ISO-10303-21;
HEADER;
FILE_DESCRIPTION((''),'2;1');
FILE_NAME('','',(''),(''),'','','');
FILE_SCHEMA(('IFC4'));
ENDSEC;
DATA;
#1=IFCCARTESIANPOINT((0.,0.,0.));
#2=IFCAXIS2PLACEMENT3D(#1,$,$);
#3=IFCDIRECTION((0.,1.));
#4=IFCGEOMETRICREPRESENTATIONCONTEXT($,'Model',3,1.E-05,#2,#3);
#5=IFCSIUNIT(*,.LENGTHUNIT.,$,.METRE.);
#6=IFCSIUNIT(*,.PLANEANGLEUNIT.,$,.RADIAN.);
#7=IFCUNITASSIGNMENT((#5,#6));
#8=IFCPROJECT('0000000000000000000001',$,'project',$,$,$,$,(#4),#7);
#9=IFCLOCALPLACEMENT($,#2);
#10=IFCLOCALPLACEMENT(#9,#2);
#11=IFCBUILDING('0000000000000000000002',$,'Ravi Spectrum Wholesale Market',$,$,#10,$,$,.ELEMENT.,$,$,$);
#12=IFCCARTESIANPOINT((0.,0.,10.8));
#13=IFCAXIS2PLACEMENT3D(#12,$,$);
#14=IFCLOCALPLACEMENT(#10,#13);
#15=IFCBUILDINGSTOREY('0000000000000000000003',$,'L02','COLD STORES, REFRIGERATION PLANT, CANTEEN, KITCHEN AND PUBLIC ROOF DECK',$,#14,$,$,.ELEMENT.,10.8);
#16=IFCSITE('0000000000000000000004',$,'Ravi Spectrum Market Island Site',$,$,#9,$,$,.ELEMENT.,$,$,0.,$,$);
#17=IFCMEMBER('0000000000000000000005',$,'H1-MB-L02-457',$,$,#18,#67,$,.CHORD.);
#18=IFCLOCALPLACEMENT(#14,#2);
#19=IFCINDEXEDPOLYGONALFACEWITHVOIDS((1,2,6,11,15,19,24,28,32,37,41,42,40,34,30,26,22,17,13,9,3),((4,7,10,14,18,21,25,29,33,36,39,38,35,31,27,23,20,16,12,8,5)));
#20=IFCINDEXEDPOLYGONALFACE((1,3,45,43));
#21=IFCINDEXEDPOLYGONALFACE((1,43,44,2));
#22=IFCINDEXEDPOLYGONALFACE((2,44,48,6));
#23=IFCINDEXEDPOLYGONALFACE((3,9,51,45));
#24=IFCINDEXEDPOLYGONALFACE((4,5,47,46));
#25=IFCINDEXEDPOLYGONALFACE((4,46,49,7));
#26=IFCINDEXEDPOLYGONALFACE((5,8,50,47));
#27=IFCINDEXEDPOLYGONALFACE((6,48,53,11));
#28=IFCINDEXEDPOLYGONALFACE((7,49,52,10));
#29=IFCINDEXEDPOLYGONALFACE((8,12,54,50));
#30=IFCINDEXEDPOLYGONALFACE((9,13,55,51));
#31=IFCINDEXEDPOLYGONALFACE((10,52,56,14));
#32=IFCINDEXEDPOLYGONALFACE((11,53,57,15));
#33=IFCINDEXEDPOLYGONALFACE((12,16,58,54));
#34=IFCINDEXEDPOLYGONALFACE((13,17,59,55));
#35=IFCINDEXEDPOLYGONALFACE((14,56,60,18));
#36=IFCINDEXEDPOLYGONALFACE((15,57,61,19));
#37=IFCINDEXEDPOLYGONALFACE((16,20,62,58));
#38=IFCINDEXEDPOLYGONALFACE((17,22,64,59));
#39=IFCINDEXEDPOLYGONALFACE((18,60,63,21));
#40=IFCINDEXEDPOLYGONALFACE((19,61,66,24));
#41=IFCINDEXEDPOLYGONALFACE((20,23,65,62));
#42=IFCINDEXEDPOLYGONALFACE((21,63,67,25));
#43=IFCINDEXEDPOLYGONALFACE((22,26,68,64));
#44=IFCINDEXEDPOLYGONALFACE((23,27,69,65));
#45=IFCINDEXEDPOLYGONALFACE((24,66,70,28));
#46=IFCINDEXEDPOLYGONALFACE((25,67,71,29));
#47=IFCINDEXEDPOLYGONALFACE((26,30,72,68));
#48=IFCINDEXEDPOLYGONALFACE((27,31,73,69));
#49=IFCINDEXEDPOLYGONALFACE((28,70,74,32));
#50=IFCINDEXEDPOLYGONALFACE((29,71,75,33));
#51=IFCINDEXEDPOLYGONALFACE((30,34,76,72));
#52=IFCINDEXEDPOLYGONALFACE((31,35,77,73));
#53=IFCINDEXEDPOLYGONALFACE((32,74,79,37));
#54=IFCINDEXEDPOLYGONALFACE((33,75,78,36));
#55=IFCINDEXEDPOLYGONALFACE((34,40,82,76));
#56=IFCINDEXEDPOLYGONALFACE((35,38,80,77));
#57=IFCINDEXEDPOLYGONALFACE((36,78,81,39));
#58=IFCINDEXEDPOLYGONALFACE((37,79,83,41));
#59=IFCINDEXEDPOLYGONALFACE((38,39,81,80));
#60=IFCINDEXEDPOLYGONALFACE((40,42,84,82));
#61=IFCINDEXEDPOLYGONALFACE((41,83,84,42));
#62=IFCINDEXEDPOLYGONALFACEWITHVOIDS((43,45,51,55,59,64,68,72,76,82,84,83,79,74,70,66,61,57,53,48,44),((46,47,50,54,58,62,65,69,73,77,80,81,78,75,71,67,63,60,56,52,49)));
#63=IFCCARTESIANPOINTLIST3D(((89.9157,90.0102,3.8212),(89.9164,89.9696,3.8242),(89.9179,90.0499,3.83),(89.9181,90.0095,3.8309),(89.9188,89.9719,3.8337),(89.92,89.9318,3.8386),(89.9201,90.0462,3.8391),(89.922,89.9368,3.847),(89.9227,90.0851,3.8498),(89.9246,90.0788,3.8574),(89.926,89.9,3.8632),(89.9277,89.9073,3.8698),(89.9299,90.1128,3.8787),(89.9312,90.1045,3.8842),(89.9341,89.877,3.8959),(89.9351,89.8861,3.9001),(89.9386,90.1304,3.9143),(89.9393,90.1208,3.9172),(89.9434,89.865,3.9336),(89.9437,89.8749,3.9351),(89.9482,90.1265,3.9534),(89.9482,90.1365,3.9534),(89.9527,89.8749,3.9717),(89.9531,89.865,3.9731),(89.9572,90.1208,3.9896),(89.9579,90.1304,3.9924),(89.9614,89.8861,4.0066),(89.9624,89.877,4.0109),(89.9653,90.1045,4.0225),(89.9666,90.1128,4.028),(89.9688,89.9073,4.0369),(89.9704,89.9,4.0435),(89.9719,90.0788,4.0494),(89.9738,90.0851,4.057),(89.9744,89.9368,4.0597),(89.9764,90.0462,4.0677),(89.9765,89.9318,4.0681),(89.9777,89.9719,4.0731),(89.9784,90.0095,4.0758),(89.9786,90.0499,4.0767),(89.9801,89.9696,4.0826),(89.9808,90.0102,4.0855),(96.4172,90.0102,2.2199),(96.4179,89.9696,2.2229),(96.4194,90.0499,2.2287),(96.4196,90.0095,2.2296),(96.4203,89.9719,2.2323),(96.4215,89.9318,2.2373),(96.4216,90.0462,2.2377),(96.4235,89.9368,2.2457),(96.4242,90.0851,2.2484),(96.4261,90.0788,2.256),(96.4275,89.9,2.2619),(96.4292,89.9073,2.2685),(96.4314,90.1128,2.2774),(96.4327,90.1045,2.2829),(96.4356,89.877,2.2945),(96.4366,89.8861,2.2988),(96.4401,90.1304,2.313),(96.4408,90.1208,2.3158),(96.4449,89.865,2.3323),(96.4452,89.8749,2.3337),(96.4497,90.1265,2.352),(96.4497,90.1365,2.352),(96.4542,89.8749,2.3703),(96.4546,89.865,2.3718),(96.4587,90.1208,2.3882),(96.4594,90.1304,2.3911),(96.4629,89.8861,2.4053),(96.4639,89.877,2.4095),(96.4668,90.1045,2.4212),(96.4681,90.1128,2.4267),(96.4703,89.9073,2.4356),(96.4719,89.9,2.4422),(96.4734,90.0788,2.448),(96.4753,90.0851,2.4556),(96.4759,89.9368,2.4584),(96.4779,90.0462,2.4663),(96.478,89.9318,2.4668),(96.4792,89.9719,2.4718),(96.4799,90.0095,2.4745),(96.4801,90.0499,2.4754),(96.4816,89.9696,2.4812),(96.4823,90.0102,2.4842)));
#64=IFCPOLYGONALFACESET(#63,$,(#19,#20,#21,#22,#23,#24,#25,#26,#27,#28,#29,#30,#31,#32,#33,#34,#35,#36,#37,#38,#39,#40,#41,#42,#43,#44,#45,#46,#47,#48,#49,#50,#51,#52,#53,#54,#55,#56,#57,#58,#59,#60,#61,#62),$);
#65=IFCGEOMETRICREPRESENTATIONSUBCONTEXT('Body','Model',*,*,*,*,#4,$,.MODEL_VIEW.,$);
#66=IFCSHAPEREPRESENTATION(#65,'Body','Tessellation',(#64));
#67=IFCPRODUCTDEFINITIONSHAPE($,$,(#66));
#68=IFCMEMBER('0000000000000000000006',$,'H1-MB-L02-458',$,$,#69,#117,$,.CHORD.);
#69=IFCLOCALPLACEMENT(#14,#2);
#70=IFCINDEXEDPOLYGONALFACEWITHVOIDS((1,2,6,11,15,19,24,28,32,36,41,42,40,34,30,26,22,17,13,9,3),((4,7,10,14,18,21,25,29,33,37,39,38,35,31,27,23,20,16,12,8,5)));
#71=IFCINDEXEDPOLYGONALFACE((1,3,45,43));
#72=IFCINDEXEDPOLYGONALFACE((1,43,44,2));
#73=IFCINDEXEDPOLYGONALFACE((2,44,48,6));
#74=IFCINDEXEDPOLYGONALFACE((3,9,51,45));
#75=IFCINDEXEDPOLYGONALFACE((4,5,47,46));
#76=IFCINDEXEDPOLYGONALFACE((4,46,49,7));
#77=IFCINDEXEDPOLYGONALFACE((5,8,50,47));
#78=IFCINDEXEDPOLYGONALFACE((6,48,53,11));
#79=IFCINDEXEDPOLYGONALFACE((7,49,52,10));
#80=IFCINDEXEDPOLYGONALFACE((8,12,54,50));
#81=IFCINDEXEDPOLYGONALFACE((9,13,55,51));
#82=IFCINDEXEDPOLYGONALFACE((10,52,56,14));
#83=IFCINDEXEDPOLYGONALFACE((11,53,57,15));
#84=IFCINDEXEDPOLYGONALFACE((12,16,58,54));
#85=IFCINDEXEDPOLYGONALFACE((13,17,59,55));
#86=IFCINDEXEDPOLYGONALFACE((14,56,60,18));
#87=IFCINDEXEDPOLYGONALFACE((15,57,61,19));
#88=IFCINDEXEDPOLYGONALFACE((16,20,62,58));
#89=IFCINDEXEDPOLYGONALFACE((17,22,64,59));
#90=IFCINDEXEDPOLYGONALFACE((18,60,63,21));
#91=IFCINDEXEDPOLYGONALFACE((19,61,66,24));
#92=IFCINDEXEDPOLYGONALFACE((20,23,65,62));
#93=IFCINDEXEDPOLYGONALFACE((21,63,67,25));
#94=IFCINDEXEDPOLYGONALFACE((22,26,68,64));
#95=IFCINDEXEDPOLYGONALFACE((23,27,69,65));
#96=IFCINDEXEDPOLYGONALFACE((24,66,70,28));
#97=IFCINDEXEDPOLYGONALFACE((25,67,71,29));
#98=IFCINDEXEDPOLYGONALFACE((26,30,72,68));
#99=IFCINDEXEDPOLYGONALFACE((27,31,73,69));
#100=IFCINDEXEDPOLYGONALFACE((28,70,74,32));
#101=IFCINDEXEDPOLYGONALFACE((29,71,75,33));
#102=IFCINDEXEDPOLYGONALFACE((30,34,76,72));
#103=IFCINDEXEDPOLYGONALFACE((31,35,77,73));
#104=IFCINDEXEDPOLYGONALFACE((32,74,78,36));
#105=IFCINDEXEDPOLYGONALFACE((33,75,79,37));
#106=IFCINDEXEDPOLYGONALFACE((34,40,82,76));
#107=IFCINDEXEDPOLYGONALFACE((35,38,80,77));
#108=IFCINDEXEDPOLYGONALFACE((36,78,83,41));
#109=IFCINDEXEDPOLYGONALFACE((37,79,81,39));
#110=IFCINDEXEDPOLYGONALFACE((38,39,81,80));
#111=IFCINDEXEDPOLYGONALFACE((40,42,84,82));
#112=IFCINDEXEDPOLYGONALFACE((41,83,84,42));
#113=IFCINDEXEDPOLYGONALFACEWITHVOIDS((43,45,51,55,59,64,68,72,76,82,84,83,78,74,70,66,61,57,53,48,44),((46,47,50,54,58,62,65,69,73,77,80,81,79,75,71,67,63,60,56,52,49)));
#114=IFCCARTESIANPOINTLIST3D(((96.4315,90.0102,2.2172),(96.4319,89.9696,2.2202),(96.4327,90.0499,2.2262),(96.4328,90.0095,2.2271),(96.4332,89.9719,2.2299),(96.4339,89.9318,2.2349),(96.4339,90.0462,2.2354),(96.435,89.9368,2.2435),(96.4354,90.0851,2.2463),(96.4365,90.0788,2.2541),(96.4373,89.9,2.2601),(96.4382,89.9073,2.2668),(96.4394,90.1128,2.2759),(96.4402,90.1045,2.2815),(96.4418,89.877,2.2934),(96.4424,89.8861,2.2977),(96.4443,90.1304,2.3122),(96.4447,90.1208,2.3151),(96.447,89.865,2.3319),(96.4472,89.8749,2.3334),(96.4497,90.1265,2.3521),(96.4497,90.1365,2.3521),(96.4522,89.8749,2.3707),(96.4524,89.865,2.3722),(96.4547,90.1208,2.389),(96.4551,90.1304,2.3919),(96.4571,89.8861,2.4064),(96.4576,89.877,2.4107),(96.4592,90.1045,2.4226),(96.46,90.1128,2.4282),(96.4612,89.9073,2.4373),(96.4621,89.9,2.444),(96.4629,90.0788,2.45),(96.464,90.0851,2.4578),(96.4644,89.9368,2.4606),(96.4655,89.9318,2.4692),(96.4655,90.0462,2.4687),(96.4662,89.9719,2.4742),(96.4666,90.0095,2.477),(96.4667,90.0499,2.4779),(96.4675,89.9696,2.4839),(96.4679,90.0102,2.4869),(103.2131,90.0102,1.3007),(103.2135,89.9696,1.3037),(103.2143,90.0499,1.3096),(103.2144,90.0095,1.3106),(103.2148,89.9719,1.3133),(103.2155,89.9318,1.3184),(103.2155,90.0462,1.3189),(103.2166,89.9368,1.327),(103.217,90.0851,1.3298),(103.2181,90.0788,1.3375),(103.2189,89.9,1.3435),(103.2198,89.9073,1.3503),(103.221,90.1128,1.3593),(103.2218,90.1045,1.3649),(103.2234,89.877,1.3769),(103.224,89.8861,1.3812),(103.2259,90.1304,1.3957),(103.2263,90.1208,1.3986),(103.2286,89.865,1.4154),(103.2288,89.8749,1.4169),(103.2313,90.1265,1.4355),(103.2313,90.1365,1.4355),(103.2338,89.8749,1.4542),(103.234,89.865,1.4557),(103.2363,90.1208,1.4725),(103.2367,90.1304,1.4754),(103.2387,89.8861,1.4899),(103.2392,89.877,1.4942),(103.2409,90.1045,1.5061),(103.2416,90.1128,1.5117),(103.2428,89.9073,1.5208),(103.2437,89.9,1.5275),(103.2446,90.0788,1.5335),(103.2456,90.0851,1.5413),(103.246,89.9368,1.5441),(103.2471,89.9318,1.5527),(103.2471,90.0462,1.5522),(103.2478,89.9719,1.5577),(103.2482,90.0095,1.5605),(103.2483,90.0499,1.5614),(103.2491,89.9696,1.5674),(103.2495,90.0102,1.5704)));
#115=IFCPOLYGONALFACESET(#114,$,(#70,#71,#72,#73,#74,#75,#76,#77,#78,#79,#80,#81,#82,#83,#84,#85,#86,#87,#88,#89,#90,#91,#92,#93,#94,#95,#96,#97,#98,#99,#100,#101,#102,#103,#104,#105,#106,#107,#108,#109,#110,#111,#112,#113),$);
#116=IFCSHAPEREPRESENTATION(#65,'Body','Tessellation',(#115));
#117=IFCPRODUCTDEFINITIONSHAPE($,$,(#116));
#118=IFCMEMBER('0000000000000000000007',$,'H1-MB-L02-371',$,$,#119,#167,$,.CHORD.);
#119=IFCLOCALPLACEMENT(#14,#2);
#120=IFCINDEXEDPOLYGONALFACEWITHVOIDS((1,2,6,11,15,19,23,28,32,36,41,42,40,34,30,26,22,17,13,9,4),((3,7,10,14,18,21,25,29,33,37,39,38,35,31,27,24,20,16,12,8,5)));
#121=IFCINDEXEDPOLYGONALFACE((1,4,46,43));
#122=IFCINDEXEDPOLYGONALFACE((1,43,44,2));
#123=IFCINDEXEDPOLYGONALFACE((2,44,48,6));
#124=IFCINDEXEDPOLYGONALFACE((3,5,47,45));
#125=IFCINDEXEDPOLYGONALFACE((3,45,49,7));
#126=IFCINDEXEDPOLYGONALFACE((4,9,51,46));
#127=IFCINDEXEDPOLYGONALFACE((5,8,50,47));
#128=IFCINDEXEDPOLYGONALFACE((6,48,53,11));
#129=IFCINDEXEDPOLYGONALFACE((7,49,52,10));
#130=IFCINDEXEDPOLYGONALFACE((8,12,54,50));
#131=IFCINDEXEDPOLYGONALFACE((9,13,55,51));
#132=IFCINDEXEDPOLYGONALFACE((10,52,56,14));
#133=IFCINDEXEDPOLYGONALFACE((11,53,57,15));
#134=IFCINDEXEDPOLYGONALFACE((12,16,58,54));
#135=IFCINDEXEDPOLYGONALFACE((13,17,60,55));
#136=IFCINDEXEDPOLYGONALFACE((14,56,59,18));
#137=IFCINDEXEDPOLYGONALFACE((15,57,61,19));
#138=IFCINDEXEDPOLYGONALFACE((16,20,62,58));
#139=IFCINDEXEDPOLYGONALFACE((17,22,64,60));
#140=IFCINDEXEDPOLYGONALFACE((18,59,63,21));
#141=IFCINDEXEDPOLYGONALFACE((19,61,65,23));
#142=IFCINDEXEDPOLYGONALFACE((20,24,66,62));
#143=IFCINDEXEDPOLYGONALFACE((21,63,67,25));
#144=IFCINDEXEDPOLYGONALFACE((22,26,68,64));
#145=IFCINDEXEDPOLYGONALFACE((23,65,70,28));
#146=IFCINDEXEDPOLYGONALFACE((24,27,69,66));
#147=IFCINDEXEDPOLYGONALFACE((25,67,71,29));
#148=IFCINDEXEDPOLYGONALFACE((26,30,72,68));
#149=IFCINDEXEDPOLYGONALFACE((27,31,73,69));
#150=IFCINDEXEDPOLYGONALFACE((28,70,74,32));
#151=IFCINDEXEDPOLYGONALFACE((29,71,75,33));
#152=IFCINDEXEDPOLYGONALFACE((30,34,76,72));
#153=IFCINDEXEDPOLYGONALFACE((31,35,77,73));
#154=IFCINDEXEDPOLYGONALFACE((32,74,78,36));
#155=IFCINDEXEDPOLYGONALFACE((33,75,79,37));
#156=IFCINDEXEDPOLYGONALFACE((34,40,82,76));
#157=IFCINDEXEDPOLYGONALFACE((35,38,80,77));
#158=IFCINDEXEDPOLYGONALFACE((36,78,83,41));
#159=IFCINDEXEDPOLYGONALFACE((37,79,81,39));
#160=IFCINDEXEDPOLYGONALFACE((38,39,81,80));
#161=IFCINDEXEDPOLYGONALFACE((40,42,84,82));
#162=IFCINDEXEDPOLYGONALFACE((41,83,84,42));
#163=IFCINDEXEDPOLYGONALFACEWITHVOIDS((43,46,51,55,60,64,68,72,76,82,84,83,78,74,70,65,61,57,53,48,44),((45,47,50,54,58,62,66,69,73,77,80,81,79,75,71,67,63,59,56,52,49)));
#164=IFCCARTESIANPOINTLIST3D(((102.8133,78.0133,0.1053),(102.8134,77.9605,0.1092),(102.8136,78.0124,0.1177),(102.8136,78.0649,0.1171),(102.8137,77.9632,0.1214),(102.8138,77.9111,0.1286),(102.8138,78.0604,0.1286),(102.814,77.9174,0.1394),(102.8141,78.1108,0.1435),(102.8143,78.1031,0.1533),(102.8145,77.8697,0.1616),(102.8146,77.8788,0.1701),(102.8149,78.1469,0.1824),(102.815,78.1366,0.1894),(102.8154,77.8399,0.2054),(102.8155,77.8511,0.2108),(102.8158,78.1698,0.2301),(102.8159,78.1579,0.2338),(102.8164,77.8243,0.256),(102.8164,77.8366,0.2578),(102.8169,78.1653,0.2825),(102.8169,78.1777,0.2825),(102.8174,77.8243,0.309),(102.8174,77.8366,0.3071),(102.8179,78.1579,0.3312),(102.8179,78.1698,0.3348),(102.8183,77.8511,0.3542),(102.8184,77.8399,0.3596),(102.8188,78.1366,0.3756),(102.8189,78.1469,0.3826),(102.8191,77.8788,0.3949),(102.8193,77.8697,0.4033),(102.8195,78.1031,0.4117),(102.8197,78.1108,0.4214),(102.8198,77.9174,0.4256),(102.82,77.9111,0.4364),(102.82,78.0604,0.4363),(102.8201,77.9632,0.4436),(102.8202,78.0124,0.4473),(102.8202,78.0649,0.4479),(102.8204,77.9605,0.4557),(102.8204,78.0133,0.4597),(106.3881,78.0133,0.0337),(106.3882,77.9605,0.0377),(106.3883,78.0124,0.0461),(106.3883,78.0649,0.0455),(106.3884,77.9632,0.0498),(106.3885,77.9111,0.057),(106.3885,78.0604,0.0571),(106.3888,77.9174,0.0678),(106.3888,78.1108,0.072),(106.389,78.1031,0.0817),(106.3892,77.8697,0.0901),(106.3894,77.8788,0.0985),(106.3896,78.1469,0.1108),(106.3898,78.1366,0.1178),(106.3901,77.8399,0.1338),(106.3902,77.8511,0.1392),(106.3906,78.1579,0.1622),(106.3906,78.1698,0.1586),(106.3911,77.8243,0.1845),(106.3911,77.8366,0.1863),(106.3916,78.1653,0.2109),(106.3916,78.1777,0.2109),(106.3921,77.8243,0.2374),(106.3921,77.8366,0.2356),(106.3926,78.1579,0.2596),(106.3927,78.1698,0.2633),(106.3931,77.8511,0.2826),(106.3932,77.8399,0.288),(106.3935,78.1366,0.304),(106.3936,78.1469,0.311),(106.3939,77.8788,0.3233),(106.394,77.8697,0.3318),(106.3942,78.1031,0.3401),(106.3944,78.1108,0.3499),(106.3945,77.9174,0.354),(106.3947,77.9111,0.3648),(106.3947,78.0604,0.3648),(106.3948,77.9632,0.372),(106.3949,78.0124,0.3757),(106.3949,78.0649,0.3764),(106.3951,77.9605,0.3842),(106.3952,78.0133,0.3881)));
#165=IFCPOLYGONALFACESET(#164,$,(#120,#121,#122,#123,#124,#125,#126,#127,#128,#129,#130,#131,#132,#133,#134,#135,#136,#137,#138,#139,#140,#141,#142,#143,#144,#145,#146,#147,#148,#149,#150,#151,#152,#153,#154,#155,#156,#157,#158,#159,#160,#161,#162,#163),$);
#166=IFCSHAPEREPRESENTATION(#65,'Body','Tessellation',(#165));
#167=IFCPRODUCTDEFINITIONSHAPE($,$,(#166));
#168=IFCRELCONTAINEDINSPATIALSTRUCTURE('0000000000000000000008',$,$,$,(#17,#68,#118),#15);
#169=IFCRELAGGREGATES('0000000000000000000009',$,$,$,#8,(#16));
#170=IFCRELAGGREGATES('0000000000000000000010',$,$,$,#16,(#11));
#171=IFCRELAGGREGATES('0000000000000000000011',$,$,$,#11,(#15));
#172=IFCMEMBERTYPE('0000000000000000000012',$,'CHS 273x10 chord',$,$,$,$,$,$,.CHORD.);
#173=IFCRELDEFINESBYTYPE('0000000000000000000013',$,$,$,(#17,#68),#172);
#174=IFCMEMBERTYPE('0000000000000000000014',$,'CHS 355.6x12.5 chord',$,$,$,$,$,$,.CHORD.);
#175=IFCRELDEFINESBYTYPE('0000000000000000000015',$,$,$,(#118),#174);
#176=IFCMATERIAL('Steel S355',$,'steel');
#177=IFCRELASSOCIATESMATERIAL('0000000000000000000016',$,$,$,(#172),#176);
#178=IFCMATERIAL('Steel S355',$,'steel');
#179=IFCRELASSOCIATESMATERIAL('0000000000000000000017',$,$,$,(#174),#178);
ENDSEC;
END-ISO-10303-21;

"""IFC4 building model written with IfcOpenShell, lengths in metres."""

from ifc_helpers import new_model, si_unit, direction, frame, origin, origin_2d, place, context, subcontext, project, spatial, hollow_circle, extrude, material, material_profile, profile_set, type_object, element, save


model = new_model("IFC4")

# Units and contexts
model_context = context("Model", 3, precision=1e-05, world=origin(), true_north=direction((0.0, 1.0)))
body_context = subcontext(model_context, "Body", "Model", "MODEL_VIEW")
ifc_project = project(units=[si_unit("LENGTHUNIT", "METRE"), si_unit("PLANEANGLEUNIT", "RADIAN")], contexts=[model_context])

# Site, building, storey
site_placement = place(None, origin())
site = spatial("IfcSite", under=ifc_project, at=site_placement, Name="Ravi Spectrum Market Island Site", CompositionType="ELEMENT", RefElevation=0.0)
building_placement = place(site_placement, origin())
building = spatial("IfcBuilding", under=site, at=building_placement, Name="Ravi Spectrum Wholesale Market", CompositionType="ELEMENT")
storey_placement = place(building_placement, frame((0.0, 0.0, 10.8)))
storey = spatial("IfcBuildingStorey", under=building, at=storey_placement, Name="L02", Description="COLD STORES, REFRIGERATION PLANT, CANTEEN, KITCHEN AND PUBLIC ROOF DECK", CompositionType="ELEMENT", Elevation=10.8)

# Members
ifc_material_1 = material(Name="Steel S355", Category="steel")
ifc_material_profile_1 = material_profile(ifc_material_1, hollow_circle(Radius=0.1365, WallThickness=0.01, at=origin_2d()))
ifc_profile_set_1 = profile_set([ifc_material_profile_1], Name="Steel S355")
member_type_1 = type_object("IfcMemberType", Name="CHS 273x10 chord", PredefinedType="CHORD", material=ifc_profile_set_1)
member_1_placement = place(storey_placement, frame((89.9482, 90.0, 3.9534), z_axis=(0.970982, 0.0, -0.239154), x_axis=(0.0, 1.0, 0.0)))
element("IfcMember", 1, at=member_1_placement, inside=storey, type_object=member_type_1, Name="H1-MB-L02-457", PredefinedType="CHORD", context=body_context, shape_type="SweptSolid", body=[
    extrude(hollow_circle(Radius=0.1365, WallThickness=0.01, at=origin_2d()), origin(), (0.0, 0.0, 1.0), 6.6958),
])
member_2_placement = place(storey_placement, frame((96.4497, 90.0, 2.3521), z_axis=(0.990991, 0.0, -0.13393), x_axis=(0.0, 1.0, 0.0)))
element("IfcMember", 2, at=member_2_placement, inside=storey, type_object=member_type_1, Name="H1-MB-L02-458", PredefinedType="CHORD", context=body_context, shape_type="SweptSolid", body=[
    extrude(hollow_circle(Radius=0.1365, WallThickness=0.01, at=origin_2d()), origin(), (0.0, 0.0, 1.0), 6.8433),
])
ifc_material_2 = material(Name="Steel S355", Category="steel")
ifc_material_profile_2 = material_profile(ifc_material_2, hollow_circle(Radius=0.1777, WallThickness=0.0125, at=origin_2d()))
ifc_profile_set_2 = profile_set([ifc_material_profile_2], Name="Steel S355")
member_type_2 = type_object("IfcMemberType", Name="CHS 355.6x12.5 chord", PredefinedType="CHORD", material=ifc_profile_set_2)
member_3_placement = place(storey_placement, frame((102.8169, 78.0, 0.2825), z_axis=(0.9998, 0.0, -0.020007), x_axis=(0.0, 1.0, 0.0)))
element("IfcMember", 3, at=member_3_placement, inside=storey, type_object=member_type_2, Name="H1-MB-L02-371", PredefinedType="CHORD", context=body_context, shape_type="SweptSolid", body=[
    extrude(hollow_circle(Radius=0.1777, WallThickness=0.0125, at=origin_2d()), origin(), (0.0, 0.0, 1.0), 3.5754),
])

save(model, "model.ifc")
